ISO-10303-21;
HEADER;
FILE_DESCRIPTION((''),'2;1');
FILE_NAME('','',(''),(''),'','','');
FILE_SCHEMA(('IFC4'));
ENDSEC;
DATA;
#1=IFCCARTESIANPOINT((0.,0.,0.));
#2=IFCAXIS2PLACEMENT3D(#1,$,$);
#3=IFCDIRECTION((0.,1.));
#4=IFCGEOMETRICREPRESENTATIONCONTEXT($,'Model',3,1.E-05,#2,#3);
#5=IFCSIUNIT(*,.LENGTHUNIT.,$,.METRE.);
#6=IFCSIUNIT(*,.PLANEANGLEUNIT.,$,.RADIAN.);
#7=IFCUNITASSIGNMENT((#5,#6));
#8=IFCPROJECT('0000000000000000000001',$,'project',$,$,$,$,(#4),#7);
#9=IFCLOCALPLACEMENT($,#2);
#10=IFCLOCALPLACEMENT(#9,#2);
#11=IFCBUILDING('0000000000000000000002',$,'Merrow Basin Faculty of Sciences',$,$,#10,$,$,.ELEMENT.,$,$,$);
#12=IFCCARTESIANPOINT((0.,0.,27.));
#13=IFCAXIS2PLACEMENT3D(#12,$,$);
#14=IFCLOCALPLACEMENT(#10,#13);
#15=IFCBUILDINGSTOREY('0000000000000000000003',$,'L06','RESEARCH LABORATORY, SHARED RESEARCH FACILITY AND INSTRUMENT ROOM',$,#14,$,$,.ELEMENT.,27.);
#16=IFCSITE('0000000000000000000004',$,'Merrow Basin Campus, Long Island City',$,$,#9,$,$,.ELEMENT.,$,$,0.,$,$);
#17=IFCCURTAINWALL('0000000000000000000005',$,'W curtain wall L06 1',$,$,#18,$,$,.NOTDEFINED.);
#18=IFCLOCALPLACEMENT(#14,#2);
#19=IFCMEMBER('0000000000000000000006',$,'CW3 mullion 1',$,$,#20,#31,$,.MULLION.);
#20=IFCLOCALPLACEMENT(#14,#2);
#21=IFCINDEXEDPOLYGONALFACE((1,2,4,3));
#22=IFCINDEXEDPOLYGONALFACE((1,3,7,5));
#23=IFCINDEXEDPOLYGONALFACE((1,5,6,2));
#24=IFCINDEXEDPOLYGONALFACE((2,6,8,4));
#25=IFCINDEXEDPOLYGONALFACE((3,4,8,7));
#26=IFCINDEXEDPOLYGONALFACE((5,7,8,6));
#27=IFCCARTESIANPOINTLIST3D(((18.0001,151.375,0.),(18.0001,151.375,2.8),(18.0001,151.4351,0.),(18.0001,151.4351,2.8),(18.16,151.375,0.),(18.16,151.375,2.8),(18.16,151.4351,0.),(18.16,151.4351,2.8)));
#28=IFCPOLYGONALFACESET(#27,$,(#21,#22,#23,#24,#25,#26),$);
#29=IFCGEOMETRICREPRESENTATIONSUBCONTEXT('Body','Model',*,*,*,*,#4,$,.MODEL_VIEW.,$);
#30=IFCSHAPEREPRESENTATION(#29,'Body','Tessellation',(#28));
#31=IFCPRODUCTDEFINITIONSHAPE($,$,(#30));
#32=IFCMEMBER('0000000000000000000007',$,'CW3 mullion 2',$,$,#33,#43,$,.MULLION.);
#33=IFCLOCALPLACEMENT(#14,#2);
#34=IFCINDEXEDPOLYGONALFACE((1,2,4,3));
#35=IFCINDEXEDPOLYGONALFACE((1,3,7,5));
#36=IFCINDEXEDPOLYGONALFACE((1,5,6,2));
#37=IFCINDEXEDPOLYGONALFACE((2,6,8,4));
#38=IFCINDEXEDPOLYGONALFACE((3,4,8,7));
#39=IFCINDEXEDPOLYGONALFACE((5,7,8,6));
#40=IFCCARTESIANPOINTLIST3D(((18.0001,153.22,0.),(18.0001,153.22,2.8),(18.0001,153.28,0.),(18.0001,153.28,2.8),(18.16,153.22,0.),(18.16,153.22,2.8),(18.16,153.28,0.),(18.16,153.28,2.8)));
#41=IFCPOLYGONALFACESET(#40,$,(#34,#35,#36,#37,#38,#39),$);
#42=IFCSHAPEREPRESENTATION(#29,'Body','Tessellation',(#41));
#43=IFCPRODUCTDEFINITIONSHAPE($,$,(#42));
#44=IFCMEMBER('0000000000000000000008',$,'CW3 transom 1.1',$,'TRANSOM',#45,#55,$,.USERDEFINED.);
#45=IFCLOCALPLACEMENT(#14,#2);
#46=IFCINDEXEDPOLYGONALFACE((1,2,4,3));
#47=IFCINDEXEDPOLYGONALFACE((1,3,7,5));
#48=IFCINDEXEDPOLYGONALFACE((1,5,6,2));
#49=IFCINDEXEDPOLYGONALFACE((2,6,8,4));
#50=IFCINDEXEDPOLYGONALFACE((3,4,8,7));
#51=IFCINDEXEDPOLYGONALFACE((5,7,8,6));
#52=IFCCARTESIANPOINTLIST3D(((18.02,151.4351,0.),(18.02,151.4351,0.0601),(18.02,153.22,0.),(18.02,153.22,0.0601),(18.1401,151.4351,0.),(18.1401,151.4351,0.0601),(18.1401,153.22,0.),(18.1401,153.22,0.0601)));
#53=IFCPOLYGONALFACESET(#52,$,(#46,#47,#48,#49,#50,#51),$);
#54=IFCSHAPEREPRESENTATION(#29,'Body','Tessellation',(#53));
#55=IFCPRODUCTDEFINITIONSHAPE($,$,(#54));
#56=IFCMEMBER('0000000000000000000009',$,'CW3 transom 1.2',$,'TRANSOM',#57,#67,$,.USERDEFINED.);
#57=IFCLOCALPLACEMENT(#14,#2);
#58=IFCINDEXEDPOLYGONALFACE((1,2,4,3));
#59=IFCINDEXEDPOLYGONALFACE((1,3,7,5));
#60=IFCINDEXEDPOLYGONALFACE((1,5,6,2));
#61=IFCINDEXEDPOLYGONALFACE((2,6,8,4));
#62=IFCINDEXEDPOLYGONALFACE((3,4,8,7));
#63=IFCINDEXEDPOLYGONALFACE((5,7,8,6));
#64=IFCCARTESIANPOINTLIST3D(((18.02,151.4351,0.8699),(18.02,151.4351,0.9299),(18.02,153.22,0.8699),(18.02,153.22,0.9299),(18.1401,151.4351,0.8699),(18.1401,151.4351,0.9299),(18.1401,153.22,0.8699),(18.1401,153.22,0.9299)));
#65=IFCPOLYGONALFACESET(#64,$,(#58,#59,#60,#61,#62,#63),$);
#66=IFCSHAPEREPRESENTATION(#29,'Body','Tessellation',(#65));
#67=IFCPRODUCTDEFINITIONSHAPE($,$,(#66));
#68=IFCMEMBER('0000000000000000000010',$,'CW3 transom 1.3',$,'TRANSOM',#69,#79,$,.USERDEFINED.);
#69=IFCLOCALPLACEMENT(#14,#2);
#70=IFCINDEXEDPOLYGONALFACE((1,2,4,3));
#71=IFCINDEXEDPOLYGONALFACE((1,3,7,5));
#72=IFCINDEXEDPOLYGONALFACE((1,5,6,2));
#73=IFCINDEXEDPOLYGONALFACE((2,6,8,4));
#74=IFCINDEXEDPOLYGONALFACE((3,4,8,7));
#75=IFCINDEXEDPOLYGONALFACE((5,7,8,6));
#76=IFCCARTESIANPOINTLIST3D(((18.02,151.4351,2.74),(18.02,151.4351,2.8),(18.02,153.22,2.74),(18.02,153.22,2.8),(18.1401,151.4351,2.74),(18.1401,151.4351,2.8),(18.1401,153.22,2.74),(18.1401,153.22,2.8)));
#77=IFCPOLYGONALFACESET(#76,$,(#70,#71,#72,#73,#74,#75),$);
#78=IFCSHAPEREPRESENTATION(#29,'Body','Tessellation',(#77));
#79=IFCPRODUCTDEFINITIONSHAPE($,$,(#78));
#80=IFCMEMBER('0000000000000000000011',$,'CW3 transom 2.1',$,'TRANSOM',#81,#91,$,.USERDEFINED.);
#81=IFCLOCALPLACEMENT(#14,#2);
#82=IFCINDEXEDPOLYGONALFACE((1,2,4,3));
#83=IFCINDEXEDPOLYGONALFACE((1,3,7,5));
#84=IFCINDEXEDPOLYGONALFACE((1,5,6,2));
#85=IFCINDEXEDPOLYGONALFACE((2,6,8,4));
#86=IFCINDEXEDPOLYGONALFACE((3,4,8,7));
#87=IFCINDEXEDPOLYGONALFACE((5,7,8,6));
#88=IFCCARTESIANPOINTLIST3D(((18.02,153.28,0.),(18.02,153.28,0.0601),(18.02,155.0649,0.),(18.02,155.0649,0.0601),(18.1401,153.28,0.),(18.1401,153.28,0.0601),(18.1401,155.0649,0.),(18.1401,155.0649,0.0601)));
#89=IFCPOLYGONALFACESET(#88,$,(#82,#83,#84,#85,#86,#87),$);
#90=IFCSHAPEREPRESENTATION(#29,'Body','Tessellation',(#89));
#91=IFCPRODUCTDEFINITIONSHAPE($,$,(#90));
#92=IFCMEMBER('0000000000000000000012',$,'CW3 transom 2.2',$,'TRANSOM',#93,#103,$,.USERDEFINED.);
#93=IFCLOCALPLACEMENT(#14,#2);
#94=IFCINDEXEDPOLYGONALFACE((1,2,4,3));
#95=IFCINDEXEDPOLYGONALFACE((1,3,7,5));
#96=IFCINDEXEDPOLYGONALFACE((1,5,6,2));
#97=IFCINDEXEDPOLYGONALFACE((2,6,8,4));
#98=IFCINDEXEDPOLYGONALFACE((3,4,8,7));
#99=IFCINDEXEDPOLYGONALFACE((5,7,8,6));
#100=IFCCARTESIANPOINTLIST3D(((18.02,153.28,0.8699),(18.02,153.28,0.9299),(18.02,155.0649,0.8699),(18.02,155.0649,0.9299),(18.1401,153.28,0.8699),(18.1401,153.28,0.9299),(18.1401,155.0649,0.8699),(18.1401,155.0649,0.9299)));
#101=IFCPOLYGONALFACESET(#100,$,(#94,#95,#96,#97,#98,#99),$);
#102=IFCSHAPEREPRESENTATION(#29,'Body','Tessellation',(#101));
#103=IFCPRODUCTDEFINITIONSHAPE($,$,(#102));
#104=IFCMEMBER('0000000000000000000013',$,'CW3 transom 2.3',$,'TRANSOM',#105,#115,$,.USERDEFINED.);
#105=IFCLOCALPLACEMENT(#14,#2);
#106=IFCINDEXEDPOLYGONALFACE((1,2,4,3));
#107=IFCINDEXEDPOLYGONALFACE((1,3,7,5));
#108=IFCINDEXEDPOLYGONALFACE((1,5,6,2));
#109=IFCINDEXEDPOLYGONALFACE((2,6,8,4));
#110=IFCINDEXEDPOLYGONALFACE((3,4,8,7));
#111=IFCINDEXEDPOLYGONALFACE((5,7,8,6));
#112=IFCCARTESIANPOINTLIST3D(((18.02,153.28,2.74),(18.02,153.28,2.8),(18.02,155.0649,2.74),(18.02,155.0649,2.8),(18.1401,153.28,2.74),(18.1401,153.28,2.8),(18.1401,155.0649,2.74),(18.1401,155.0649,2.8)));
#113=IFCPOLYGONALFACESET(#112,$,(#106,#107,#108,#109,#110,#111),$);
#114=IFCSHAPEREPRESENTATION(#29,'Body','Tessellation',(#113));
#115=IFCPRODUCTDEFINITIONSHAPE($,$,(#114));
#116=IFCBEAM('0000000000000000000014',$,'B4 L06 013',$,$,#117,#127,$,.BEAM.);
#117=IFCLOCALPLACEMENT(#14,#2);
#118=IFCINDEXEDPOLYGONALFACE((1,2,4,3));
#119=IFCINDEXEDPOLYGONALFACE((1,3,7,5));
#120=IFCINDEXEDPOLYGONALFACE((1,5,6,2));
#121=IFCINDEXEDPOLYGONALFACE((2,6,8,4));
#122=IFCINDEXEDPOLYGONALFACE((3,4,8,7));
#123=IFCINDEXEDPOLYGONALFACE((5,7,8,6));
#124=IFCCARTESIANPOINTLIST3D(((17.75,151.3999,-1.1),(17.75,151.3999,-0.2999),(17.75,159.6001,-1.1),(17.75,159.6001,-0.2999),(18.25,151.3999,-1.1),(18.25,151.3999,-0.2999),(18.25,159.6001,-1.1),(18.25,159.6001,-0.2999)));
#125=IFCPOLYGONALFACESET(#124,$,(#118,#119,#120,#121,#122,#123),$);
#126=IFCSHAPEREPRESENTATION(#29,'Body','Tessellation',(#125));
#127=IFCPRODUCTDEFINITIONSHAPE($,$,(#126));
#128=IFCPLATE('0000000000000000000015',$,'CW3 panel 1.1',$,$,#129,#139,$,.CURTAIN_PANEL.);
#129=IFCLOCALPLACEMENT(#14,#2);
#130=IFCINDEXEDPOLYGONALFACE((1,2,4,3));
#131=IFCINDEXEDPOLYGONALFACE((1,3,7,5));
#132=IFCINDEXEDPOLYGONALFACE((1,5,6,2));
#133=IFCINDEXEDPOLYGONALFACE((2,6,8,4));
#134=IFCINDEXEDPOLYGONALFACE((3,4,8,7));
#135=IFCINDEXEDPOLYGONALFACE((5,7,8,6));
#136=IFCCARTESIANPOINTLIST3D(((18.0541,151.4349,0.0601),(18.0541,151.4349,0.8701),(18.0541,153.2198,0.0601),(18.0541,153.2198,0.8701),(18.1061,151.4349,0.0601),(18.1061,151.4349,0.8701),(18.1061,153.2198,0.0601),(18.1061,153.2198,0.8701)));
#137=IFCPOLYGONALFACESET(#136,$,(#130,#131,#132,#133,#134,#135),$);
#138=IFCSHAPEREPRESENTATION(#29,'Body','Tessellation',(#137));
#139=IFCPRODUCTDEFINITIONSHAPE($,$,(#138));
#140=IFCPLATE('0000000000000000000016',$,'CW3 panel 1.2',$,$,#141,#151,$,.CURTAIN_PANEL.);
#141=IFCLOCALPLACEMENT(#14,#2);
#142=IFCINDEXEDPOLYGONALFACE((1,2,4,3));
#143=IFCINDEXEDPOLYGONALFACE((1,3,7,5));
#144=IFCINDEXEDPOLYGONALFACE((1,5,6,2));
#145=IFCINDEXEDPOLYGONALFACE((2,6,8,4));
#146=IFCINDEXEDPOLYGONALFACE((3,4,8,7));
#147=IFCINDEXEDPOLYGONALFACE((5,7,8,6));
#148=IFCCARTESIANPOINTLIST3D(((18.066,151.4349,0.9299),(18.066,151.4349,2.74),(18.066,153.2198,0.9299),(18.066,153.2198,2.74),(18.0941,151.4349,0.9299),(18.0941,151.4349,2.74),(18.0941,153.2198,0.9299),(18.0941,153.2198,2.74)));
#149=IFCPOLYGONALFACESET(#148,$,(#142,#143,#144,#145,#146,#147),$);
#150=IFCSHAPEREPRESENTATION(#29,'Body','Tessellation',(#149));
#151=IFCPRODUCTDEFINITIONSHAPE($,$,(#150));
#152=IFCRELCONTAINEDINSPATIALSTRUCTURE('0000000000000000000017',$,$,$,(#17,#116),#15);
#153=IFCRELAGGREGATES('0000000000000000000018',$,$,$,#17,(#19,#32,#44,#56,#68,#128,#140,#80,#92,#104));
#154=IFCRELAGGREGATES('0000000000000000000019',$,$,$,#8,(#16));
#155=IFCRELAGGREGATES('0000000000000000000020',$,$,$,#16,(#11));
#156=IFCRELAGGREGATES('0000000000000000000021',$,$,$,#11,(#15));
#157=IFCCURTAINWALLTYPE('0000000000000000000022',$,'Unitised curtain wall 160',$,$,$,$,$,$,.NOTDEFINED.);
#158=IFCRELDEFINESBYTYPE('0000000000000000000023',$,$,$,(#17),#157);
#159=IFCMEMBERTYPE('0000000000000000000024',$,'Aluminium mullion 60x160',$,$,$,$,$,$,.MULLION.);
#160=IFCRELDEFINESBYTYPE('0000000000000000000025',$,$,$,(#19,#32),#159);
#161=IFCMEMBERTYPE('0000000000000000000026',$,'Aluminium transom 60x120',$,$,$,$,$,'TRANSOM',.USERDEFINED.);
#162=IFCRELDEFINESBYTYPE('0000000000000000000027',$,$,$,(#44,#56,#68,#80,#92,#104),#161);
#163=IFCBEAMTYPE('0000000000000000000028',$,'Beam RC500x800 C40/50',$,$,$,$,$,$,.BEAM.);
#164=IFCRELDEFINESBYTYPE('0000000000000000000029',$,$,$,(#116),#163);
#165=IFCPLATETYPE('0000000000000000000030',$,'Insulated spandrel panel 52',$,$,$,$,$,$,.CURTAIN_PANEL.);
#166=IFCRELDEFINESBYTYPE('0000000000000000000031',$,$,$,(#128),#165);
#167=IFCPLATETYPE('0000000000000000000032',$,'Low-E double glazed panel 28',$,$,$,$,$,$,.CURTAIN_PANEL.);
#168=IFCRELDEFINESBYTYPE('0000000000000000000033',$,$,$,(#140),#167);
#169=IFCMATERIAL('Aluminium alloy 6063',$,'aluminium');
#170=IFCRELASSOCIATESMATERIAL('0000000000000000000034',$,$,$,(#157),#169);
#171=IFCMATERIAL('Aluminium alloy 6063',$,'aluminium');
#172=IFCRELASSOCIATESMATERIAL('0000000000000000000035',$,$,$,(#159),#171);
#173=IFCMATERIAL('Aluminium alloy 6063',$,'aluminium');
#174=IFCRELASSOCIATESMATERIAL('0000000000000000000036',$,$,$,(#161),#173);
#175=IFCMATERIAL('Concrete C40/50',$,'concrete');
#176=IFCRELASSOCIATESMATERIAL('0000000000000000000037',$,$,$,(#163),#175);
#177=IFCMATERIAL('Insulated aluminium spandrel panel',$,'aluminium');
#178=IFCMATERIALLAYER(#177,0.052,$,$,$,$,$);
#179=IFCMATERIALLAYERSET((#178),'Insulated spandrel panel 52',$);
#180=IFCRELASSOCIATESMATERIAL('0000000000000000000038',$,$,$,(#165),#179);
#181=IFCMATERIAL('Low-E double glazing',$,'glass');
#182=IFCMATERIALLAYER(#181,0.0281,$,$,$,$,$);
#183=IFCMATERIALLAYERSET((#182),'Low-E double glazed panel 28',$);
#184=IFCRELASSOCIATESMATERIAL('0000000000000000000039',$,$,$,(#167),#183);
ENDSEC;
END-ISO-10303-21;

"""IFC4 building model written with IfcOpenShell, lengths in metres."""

from ifc_helpers import new_model, si_unit, direction, frame, origin, origin_2d, place, context, subcontext, project, spatial, rectangle, extrude, material, layer, layer_set, material_profile, profile_set, type_object, element, aggregate, save


model = new_model("IFC4")

# Units and contexts
model_context = context("Model", 3, precision=1e-05, world=origin(), true_north=direction((0.0, 1.0)))
body_context = subcontext(model_context, "Body", "Model", "MODEL_VIEW")
ifc_project = project(units=[si_unit("LENGTHUNIT", "METRE"), si_unit("PLANEANGLEUNIT", "RADIAN")], contexts=[model_context])

# Site, building, storey
site_placement = place(None, origin())
site = spatial("IfcSite", under=ifc_project, at=site_placement, Name="Merrow Basin Campus, Long Island City", CompositionType="ELEMENT", RefElevation=0.0)
building_placement = place(site_placement, origin())
building = spatial("IfcBuilding", under=site, at=building_placement, Name="Merrow Basin Faculty of Sciences", CompositionType="ELEMENT")
storey_placement = place(building_placement, frame((0.0, 0.0, 27.0)))
storey = spatial("IfcBuildingStorey", under=building, at=storey_placement, Name="L06", Description="RESEARCH LABORATORY, SHARED RESEARCH FACILITY AND INSTRUMENT ROOM", CompositionType="ELEMENT", Elevation=27.0)

# Curtain wall, members
ifc_material_1 = material(Name="Aluminium alloy 6063", Category="aluminium")
curtain_wall_type = type_object("IfcCurtainWallType", Name="Unitised curtain wall 160", PredefinedType="NOTDEFINED", material=ifc_material_1)
curtain_wall_placement = place(storey_placement, origin())
curtain_wall = element("IfcCurtainWall", 1, at=curtain_wall_placement, inside=storey, type_object=curtain_wall_type, Name="W curtain wall L06 1", PredefinedType="NOTDEFINED")
ifc_material_2 = material(Name="Aluminium alloy 6063", Category="aluminium")
ifc_material_profile_1 = material_profile(ifc_material_2, rectangle(XDim=0.1599, YDim=0.0601, at=origin_2d()))
ifc_profile_set_1 = profile_set([ifc_material_profile_1], Name="Aluminium alloy 6063")
member_type_1 = type_object("IfcMemberType", Name="Aluminium mullion 60x160", PredefinedType="MULLION", material=ifc_profile_set_1)
member_1_placement = place(storey_placement, frame((18.0801, 151.405, 0.0), z_axis=(0.0, 0.0, 1.0), x_axis=(-1.0, 0.0, 0.0)))
member_1 = element("IfcMember", 2, at=member_1_placement, type_object=member_type_1, Name="CW3 mullion 1", PredefinedType="MULLION", context=body_context, shape_type="SweptSolid", body=[
    extrude(rectangle(XDim=0.1599, YDim=0.0601, at=origin_2d()), origin(), (0.0, 0.0, 1.0), 2.8),
])
member_2_placement = place(storey_placement, frame((18.0801, 153.25, 0.0), z_axis=(0.0, 0.0, 1.0), x_axis=(-1.0, 0.0, 0.0)))
member_2 = element("IfcMember", 3, at=member_2_placement, type_object=member_type_1, Name="CW3 mullion 2", PredefinedType="MULLION", context=body_context, shape_type="SweptSolid", body=[
    extrude(rectangle(XDim=0.1599, YDim=0.0601, at=origin_2d()), origin(), (0.0, 0.0, 1.0), 2.8),
])
ifc_material_3 = material(Name="Aluminium alloy 6063", Category="aluminium")
ifc_material_profile_2 = material_profile(ifc_material_3, rectangle(XDim=0.1201, YDim=0.0601, at=origin_2d()))
ifc_profile_set_2 = profile_set([ifc_material_profile_2], Name="Aluminium alloy 6063")
member_type_2 = type_object("IfcMemberType", Name="Aluminium transom 60x120", ElementType="TRANSOM", PredefinedType="USERDEFINED", material=ifc_profile_set_2)
member_3_placement = place(storey_placement, frame((18.0801, 151.4351, 0.03), z_axis=(0.0, 1.0, 0.0), x_axis=(-1.0, 0.0, 0.0)))
member_3 = element("IfcMember", 4, at=member_3_placement, type_object=member_type_2, Name="CW3 transom 1.1", ObjectType="TRANSOM", PredefinedType="USERDEFINED", context=body_context, shape_type="SweptSolid", body=[
    extrude(rectangle(XDim=0.1201, YDim=0.0601, at=origin_2d()), origin(), (0.0, 0.0, 1.0), 1.7849),
])
member_4_placement = place(storey_placement, frame((18.0801, 151.4351, 0.8999), z_axis=(0.0, 1.0, 0.0), x_axis=(-1.0, 0.0, 0.0)))
member_4 = element("IfcMember", 5, at=member_4_placement, type_object=member_type_2, Name="CW3 transom 1.2", ObjectType="TRANSOM", PredefinedType="USERDEFINED", context=body_context, shape_type="SweptSolid", body=[
    extrude(rectangle(XDim=0.1201, YDim=0.0601, at=origin_2d()), origin(), (0.0, 0.0, 1.0), 1.7849),
])
member_5_placement = place(storey_placement, frame((18.0801, 151.4351, 2.77), z_axis=(0.0, 1.0, 0.0), x_axis=(-1.0, 0.0, 0.0)))
member_5 = element("IfcMember", 6, at=member_5_placement, type_object=member_type_2, Name="CW3 transom 1.3", ObjectType="TRANSOM", PredefinedType="USERDEFINED", context=body_context, shape_type="SweptSolid", body=[
    extrude(rectangle(XDim=0.1201, YDim=0.0601, at=origin_2d()), origin(), (0.0, 0.0, 1.0), 1.7849),
])
member_6_placement = place(storey_placement, frame((18.0801, 153.28, 0.03), z_axis=(0.0, 1.0, 0.0), x_axis=(-1.0, 0.0, 0.0)))
member_6 = element("IfcMember", 7, at=member_6_placement, type_object=member_type_2, Name="CW3 transom 2.1", ObjectType="TRANSOM", PredefinedType="USERDEFINED", context=body_context, shape_type="SweptSolid", body=[
    extrude(rectangle(XDim=0.1201, YDim=0.0601, at=origin_2d()), origin(), (0.0, 0.0, 1.0), 1.7849),
])
member_7_placement = place(storey_placement, frame((18.0801, 153.28, 0.8999), z_axis=(0.0, 1.0, 0.0), x_axis=(-1.0, 0.0, 0.0)))
member_7 = element("IfcMember", 8, at=member_7_placement, type_object=member_type_2, Name="CW3 transom 2.2", ObjectType="TRANSOM", PredefinedType="USERDEFINED", context=body_context, shape_type="SweptSolid", body=[
    extrude(rectangle(XDim=0.1201, YDim=0.0601, at=origin_2d()), origin(), (0.0, 0.0, 1.0), 1.7849),
])
member_8_placement = place(storey_placement, frame((18.0801, 153.28, 2.77), z_axis=(0.0, 1.0, 0.0), x_axis=(-1.0, 0.0, 0.0)))
member_8 = element("IfcMember", 9, at=member_8_placement, type_object=member_type_2, Name="CW3 transom 2.3", ObjectType="TRANSOM", PredefinedType="USERDEFINED", context=body_context, shape_type="SweptSolid", body=[
    extrude(rectangle(XDim=0.1201, YDim=0.0601, at=origin_2d()), origin(), (0.0, 0.0, 1.0), 1.7849),
])

# Beam
ifc_material_4 = material(Name="Concrete C40/50", Category="concrete")
ifc_material_profile_3 = material_profile(ifc_material_4, rectangle(XDim=0.5, YDim=0.8, at=origin_2d()))
ifc_profile_set_3 = profile_set([ifc_material_profile_3], Name="Concrete C40/50")
beam_type = type_object("IfcBeamType", Name="Beam RC500x800 C40/50", PredefinedType="BEAM", material=ifc_profile_set_3)
beam_placement = place(storey_placement, frame((18.0, 151.3999, -0.7), z_axis=(0.0, 1.0, 0.0), x_axis=(-1.0, 0.0, 0.0)))
element("IfcBeam", 10, at=beam_placement, inside=storey, type_object=beam_type, Name="B4 L06 013", PredefinedType="BEAM", context=body_context, shape_type="SweptSolid", body=[
    extrude(rectangle(XDim=0.5, YDim=0.8, at=origin_2d()), origin(), (0.0, 0.0, 1.0), 8.2002),
])

# Plates
ifc_material_5 = material(Name="Insulated aluminium spandrel panel", Category="aluminium")
ifc_layer_1 = layer(ifc_material_5, 0.052)
ifc_layer_set_1 = layer_set([ifc_layer_1], Name="Insulated spandrel panel 52")
plate_type_1 = type_object("IfcPlateType", Name="Insulated spandrel panel 52", PredefinedType="CURTAIN_PANEL", material=ifc_layer_set_1)
plate_1_placement = place(storey_placement, frame((18.0801, 152.3274, 0.0601), z_axis=(0.0, 0.0, 1.0), x_axis=(0.0, 1.0, 0.0)))
plate_1 = element("IfcPlate", 11, at=plate_1_placement, type_object=plate_type_1, Name="CW3 panel 1.1", PredefinedType="CURTAIN_PANEL", context=body_context, shape_type="SweptSolid", body=[
    extrude(rectangle(XDim=1.7849, YDim=0.052, at=origin_2d()), origin(), (0.0, 0.0, 1.0), 0.8101),
])
ifc_material_6 = material(Name="Low-E double glazing", Category="glass")
ifc_layer_2 = layer(ifc_material_6, 0.0281)
ifc_layer_set_2 = layer_set([ifc_layer_2], Name="Low-E double glazed panel 28")
plate_type_2 = type_object("IfcPlateType", Name="Low-E double glazed panel 28", PredefinedType="CURTAIN_PANEL", material=ifc_layer_set_2)
plate_2_placement = place(storey_placement, frame((18.0801, 152.3274, 0.9299), z_axis=(0.0, 0.0, 1.0), x_axis=(0.0, 1.0, 0.0)))
plate_2 = element("IfcPlate", 12, at=plate_2_placement, type_object=plate_type_2, Name="CW3 panel 1.2", PredefinedType="CURTAIN_PANEL", context=body_context, shape_type="SweptSolid", body=[
    extrude(rectangle(XDim=1.7849, YDim=0.0281, at=origin_2d()), origin(), (0.0, 0.0, 1.0), 1.8101),
])
aggregate(curtain_wall, [member_1, member_2, member_3, member_4, member_5, plate_1, plate_2, member_6, member_7, member_8])

save(model, "model.ifc")
